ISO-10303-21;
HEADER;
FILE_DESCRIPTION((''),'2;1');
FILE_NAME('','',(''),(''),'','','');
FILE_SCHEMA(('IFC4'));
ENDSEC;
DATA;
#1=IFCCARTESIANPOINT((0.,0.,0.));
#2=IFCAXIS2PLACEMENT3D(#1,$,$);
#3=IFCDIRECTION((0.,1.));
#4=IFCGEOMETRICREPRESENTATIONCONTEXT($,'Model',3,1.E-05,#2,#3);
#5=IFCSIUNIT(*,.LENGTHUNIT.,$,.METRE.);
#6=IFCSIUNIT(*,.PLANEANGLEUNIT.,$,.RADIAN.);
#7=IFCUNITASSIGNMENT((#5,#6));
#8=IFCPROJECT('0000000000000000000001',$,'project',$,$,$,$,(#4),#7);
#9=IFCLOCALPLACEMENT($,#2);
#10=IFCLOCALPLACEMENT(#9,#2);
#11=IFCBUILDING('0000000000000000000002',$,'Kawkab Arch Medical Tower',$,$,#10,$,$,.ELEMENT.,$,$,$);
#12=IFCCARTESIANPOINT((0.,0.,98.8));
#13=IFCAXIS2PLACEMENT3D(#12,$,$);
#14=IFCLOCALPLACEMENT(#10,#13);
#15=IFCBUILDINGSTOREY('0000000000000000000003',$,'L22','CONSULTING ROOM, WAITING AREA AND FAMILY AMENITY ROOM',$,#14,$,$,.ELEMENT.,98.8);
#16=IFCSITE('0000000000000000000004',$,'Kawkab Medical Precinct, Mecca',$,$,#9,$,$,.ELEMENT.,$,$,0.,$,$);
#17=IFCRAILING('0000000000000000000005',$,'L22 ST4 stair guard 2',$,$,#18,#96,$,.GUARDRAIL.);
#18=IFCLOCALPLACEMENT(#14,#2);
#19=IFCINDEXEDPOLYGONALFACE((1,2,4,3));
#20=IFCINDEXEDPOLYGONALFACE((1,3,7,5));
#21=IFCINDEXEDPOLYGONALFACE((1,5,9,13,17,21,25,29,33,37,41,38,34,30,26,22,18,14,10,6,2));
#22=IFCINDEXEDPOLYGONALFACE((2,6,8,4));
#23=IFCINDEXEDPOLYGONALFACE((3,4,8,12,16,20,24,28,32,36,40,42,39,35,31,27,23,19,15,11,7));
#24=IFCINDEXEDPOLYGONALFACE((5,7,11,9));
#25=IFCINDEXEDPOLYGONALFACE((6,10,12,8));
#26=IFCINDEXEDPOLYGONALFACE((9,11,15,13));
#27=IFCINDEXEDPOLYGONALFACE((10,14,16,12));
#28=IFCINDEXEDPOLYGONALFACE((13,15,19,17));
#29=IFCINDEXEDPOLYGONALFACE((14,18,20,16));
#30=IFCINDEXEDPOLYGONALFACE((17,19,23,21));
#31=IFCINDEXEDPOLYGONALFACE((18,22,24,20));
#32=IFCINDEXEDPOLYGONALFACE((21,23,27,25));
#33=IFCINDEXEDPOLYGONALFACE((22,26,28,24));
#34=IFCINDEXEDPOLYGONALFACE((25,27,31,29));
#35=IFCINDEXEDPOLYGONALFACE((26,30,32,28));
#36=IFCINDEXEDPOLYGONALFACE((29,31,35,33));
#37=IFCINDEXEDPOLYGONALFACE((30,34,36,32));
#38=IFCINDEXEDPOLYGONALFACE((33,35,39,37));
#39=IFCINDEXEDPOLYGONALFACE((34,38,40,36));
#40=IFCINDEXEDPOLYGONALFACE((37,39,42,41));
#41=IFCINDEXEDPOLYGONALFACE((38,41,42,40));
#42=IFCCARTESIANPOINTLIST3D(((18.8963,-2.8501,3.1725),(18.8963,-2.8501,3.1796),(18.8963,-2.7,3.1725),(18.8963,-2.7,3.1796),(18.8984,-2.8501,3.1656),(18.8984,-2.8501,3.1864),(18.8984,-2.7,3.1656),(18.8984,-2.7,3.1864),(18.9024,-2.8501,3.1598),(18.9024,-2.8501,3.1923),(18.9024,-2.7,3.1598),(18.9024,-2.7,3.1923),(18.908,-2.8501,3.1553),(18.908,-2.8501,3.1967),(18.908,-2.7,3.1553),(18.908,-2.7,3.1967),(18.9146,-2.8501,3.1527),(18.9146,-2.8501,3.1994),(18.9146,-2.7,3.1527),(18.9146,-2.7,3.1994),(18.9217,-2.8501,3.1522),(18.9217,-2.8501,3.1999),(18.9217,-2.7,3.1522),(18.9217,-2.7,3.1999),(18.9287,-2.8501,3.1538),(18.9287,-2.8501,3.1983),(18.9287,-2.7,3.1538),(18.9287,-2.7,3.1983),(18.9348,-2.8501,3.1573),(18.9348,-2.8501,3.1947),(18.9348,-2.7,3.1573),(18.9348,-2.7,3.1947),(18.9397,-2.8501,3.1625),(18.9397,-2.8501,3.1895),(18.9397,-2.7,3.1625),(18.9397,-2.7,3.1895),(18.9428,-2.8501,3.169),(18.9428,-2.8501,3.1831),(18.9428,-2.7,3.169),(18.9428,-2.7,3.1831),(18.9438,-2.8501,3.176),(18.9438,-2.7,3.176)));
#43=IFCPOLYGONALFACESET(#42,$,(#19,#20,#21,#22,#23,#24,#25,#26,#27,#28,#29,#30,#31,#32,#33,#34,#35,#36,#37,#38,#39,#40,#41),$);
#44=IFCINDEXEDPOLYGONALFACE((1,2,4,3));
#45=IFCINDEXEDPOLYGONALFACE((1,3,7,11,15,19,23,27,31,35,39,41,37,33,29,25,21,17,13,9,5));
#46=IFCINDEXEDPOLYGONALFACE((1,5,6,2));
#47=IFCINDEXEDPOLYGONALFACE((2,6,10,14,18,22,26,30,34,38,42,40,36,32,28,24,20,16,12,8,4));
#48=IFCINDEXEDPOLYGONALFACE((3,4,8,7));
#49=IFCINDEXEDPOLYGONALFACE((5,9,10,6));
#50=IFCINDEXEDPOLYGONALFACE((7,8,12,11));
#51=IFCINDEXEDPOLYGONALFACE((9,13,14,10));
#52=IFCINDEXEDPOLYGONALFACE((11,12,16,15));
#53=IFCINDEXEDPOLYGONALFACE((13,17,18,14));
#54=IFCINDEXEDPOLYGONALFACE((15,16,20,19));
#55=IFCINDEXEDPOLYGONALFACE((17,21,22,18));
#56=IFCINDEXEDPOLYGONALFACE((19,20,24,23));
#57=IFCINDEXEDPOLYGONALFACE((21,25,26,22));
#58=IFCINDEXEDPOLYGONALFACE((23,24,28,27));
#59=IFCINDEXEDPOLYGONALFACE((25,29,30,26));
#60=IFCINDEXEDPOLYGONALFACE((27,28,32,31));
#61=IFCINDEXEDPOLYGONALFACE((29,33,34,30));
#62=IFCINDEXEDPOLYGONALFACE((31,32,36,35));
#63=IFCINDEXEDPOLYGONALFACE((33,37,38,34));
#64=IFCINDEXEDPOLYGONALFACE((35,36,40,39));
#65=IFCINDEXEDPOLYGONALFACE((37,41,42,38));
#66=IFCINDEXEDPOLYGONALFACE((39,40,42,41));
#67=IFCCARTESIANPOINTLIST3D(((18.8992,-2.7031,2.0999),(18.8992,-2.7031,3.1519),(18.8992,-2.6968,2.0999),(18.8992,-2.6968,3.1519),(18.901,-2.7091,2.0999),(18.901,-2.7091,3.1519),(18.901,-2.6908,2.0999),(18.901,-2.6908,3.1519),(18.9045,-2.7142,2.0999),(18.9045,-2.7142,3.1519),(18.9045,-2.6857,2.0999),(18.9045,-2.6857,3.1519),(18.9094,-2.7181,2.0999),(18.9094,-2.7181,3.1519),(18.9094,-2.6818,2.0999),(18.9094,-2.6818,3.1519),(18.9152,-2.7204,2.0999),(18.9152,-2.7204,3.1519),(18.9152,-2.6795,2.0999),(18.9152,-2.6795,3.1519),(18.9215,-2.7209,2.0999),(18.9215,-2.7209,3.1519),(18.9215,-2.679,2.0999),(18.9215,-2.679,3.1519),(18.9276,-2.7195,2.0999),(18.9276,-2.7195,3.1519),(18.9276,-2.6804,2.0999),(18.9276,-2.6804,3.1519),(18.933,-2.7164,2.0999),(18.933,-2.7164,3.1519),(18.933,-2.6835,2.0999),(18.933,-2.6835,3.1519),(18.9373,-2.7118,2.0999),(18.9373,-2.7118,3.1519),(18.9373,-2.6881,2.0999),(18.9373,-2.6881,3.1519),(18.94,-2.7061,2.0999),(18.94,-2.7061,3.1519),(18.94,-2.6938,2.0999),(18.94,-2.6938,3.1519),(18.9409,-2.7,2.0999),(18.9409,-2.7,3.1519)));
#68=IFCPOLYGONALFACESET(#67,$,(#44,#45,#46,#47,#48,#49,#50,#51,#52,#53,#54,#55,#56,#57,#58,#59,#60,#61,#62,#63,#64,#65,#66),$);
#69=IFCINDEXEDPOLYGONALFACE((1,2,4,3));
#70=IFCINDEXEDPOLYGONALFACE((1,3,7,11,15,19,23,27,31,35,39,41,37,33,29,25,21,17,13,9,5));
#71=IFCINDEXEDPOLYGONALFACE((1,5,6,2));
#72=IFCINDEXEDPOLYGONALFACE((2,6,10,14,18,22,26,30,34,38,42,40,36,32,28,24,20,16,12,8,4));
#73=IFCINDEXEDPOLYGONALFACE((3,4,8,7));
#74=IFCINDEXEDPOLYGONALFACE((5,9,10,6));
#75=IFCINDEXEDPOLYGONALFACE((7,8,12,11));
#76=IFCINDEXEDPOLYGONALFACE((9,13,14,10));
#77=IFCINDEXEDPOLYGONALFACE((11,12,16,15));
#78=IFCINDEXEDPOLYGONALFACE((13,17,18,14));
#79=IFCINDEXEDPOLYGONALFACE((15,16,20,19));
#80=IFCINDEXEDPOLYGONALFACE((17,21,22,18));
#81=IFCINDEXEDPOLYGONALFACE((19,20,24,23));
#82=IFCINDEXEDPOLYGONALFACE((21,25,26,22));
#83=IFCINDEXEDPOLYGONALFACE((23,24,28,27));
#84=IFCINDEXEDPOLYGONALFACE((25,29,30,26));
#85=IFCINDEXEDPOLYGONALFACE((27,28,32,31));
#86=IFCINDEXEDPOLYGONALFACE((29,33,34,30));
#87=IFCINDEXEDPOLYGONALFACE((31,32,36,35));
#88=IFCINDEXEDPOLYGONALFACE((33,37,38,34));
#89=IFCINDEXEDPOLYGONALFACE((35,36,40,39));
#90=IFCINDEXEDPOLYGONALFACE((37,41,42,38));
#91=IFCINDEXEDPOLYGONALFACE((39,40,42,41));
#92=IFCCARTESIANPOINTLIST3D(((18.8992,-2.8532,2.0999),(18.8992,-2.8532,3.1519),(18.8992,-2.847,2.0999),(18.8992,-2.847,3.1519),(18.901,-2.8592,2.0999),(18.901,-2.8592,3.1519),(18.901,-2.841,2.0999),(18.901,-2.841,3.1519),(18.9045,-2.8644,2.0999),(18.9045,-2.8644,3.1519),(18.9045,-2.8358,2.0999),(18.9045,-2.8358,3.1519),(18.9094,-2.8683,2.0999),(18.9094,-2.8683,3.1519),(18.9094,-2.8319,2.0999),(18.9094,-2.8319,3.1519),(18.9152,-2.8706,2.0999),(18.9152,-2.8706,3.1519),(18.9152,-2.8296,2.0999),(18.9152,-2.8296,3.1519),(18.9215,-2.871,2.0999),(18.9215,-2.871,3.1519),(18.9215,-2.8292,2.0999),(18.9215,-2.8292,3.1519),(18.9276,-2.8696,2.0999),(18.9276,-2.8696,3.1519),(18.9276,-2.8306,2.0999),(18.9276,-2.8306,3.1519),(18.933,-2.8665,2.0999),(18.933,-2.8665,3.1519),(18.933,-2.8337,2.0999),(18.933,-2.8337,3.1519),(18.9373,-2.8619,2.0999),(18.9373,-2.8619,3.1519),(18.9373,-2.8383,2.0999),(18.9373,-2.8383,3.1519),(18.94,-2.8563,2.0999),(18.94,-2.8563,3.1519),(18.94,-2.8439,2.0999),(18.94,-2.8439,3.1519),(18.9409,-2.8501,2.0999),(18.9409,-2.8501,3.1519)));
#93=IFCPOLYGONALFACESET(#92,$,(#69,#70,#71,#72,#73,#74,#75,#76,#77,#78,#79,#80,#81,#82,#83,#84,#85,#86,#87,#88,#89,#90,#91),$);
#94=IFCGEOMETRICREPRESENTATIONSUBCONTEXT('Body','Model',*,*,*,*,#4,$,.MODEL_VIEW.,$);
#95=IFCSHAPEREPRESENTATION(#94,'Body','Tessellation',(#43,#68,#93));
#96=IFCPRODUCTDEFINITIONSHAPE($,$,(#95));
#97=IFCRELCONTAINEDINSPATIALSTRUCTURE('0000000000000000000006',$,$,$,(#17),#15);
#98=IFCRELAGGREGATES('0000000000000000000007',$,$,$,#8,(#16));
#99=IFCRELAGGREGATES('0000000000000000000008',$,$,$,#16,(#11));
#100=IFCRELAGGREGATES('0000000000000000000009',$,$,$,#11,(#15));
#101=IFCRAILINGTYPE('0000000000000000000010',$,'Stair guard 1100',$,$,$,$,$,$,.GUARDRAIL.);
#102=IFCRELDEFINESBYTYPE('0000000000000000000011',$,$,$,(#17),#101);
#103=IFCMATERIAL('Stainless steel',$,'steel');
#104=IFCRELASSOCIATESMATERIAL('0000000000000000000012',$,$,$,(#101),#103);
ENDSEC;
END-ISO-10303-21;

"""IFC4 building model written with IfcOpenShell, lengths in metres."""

from ifc_helpers import new_model, si_unit, direction, frame, origin, origin_2d, place, context, subcontext, project, spatial, circle, extrude, material, type_object, element, save


model = new_model("IFC4")

# Units and contexts
model_context = context("Model", 3, precision=1e-05, world=origin(), true_north=direction((0.0, 1.0)))
body_context = subcontext(model_context, "Body", "Model", "MODEL_VIEW")
ifc_project = project(units=[si_unit("LENGTHUNIT", "METRE"), si_unit("PLANEANGLEUNIT", "RADIAN")], contexts=[model_context])

# Site, building, storey
site_placement = place(None, origin())
site = spatial("IfcSite", under=ifc_project, at=site_placement, Name="Kawkab Medical Precinct, Mecca", CompositionType="ELEMENT", RefElevation=0.0)
building_placement = place(site_placement, origin())
building = spatial("IfcBuilding", under=site, at=building_placement, Name="Kawkab Arch Medical Tower", CompositionType="ELEMENT")
storey_placement = place(building_placement, frame((0.0, 0.0, 98.8)))
storey = spatial("IfcBuildingStorey", under=building, at=storey_placement, Name="L22", Description="CONSULTING ROOM, WAITING AREA AND FAMILY AMENITY ROOM", CompositionType="ELEMENT", Elevation=98.8)

# Railing
ifc_material_1 = material(Name="Stainless steel", Category="steel")
railing_type = type_object("IfcRailingType", Name="Stair guard 1100", PredefinedType="GUARDRAIL", material=ifc_material_1)
railing_1_placement = place(storey_placement, frame((18.9199, -2.7, 2.0999)))
element("IfcRailing", 1, at=railing_1_placement, inside=storey, type_object=railing_type, Name="L22 ST4 stair guard 2", PredefinedType="GUARDRAIL", context=body_context, shape_type="SweptSolid", body=[
    extrude(circle(Radius=0.0239, at=origin_2d()), frame((0.0, 0.0, 1.0762), z_axis=(0.0, -1.0, 0.0), x_axis=(1.0, 0.0, 0.0)), (0.0, 0.0, 1.0), 0.1501),
    extrude(circle(Radius=0.021, at=origin_2d()), origin(), (0.0, 0.0, 1.0), 1.052),
    extrude(circle(Radius=0.021, at=origin_2d()), frame((0.0, -0.1501, 0.0)), (0.0, 0.0, 1.0), 1.052),
])

save(model, "model.ifc")
